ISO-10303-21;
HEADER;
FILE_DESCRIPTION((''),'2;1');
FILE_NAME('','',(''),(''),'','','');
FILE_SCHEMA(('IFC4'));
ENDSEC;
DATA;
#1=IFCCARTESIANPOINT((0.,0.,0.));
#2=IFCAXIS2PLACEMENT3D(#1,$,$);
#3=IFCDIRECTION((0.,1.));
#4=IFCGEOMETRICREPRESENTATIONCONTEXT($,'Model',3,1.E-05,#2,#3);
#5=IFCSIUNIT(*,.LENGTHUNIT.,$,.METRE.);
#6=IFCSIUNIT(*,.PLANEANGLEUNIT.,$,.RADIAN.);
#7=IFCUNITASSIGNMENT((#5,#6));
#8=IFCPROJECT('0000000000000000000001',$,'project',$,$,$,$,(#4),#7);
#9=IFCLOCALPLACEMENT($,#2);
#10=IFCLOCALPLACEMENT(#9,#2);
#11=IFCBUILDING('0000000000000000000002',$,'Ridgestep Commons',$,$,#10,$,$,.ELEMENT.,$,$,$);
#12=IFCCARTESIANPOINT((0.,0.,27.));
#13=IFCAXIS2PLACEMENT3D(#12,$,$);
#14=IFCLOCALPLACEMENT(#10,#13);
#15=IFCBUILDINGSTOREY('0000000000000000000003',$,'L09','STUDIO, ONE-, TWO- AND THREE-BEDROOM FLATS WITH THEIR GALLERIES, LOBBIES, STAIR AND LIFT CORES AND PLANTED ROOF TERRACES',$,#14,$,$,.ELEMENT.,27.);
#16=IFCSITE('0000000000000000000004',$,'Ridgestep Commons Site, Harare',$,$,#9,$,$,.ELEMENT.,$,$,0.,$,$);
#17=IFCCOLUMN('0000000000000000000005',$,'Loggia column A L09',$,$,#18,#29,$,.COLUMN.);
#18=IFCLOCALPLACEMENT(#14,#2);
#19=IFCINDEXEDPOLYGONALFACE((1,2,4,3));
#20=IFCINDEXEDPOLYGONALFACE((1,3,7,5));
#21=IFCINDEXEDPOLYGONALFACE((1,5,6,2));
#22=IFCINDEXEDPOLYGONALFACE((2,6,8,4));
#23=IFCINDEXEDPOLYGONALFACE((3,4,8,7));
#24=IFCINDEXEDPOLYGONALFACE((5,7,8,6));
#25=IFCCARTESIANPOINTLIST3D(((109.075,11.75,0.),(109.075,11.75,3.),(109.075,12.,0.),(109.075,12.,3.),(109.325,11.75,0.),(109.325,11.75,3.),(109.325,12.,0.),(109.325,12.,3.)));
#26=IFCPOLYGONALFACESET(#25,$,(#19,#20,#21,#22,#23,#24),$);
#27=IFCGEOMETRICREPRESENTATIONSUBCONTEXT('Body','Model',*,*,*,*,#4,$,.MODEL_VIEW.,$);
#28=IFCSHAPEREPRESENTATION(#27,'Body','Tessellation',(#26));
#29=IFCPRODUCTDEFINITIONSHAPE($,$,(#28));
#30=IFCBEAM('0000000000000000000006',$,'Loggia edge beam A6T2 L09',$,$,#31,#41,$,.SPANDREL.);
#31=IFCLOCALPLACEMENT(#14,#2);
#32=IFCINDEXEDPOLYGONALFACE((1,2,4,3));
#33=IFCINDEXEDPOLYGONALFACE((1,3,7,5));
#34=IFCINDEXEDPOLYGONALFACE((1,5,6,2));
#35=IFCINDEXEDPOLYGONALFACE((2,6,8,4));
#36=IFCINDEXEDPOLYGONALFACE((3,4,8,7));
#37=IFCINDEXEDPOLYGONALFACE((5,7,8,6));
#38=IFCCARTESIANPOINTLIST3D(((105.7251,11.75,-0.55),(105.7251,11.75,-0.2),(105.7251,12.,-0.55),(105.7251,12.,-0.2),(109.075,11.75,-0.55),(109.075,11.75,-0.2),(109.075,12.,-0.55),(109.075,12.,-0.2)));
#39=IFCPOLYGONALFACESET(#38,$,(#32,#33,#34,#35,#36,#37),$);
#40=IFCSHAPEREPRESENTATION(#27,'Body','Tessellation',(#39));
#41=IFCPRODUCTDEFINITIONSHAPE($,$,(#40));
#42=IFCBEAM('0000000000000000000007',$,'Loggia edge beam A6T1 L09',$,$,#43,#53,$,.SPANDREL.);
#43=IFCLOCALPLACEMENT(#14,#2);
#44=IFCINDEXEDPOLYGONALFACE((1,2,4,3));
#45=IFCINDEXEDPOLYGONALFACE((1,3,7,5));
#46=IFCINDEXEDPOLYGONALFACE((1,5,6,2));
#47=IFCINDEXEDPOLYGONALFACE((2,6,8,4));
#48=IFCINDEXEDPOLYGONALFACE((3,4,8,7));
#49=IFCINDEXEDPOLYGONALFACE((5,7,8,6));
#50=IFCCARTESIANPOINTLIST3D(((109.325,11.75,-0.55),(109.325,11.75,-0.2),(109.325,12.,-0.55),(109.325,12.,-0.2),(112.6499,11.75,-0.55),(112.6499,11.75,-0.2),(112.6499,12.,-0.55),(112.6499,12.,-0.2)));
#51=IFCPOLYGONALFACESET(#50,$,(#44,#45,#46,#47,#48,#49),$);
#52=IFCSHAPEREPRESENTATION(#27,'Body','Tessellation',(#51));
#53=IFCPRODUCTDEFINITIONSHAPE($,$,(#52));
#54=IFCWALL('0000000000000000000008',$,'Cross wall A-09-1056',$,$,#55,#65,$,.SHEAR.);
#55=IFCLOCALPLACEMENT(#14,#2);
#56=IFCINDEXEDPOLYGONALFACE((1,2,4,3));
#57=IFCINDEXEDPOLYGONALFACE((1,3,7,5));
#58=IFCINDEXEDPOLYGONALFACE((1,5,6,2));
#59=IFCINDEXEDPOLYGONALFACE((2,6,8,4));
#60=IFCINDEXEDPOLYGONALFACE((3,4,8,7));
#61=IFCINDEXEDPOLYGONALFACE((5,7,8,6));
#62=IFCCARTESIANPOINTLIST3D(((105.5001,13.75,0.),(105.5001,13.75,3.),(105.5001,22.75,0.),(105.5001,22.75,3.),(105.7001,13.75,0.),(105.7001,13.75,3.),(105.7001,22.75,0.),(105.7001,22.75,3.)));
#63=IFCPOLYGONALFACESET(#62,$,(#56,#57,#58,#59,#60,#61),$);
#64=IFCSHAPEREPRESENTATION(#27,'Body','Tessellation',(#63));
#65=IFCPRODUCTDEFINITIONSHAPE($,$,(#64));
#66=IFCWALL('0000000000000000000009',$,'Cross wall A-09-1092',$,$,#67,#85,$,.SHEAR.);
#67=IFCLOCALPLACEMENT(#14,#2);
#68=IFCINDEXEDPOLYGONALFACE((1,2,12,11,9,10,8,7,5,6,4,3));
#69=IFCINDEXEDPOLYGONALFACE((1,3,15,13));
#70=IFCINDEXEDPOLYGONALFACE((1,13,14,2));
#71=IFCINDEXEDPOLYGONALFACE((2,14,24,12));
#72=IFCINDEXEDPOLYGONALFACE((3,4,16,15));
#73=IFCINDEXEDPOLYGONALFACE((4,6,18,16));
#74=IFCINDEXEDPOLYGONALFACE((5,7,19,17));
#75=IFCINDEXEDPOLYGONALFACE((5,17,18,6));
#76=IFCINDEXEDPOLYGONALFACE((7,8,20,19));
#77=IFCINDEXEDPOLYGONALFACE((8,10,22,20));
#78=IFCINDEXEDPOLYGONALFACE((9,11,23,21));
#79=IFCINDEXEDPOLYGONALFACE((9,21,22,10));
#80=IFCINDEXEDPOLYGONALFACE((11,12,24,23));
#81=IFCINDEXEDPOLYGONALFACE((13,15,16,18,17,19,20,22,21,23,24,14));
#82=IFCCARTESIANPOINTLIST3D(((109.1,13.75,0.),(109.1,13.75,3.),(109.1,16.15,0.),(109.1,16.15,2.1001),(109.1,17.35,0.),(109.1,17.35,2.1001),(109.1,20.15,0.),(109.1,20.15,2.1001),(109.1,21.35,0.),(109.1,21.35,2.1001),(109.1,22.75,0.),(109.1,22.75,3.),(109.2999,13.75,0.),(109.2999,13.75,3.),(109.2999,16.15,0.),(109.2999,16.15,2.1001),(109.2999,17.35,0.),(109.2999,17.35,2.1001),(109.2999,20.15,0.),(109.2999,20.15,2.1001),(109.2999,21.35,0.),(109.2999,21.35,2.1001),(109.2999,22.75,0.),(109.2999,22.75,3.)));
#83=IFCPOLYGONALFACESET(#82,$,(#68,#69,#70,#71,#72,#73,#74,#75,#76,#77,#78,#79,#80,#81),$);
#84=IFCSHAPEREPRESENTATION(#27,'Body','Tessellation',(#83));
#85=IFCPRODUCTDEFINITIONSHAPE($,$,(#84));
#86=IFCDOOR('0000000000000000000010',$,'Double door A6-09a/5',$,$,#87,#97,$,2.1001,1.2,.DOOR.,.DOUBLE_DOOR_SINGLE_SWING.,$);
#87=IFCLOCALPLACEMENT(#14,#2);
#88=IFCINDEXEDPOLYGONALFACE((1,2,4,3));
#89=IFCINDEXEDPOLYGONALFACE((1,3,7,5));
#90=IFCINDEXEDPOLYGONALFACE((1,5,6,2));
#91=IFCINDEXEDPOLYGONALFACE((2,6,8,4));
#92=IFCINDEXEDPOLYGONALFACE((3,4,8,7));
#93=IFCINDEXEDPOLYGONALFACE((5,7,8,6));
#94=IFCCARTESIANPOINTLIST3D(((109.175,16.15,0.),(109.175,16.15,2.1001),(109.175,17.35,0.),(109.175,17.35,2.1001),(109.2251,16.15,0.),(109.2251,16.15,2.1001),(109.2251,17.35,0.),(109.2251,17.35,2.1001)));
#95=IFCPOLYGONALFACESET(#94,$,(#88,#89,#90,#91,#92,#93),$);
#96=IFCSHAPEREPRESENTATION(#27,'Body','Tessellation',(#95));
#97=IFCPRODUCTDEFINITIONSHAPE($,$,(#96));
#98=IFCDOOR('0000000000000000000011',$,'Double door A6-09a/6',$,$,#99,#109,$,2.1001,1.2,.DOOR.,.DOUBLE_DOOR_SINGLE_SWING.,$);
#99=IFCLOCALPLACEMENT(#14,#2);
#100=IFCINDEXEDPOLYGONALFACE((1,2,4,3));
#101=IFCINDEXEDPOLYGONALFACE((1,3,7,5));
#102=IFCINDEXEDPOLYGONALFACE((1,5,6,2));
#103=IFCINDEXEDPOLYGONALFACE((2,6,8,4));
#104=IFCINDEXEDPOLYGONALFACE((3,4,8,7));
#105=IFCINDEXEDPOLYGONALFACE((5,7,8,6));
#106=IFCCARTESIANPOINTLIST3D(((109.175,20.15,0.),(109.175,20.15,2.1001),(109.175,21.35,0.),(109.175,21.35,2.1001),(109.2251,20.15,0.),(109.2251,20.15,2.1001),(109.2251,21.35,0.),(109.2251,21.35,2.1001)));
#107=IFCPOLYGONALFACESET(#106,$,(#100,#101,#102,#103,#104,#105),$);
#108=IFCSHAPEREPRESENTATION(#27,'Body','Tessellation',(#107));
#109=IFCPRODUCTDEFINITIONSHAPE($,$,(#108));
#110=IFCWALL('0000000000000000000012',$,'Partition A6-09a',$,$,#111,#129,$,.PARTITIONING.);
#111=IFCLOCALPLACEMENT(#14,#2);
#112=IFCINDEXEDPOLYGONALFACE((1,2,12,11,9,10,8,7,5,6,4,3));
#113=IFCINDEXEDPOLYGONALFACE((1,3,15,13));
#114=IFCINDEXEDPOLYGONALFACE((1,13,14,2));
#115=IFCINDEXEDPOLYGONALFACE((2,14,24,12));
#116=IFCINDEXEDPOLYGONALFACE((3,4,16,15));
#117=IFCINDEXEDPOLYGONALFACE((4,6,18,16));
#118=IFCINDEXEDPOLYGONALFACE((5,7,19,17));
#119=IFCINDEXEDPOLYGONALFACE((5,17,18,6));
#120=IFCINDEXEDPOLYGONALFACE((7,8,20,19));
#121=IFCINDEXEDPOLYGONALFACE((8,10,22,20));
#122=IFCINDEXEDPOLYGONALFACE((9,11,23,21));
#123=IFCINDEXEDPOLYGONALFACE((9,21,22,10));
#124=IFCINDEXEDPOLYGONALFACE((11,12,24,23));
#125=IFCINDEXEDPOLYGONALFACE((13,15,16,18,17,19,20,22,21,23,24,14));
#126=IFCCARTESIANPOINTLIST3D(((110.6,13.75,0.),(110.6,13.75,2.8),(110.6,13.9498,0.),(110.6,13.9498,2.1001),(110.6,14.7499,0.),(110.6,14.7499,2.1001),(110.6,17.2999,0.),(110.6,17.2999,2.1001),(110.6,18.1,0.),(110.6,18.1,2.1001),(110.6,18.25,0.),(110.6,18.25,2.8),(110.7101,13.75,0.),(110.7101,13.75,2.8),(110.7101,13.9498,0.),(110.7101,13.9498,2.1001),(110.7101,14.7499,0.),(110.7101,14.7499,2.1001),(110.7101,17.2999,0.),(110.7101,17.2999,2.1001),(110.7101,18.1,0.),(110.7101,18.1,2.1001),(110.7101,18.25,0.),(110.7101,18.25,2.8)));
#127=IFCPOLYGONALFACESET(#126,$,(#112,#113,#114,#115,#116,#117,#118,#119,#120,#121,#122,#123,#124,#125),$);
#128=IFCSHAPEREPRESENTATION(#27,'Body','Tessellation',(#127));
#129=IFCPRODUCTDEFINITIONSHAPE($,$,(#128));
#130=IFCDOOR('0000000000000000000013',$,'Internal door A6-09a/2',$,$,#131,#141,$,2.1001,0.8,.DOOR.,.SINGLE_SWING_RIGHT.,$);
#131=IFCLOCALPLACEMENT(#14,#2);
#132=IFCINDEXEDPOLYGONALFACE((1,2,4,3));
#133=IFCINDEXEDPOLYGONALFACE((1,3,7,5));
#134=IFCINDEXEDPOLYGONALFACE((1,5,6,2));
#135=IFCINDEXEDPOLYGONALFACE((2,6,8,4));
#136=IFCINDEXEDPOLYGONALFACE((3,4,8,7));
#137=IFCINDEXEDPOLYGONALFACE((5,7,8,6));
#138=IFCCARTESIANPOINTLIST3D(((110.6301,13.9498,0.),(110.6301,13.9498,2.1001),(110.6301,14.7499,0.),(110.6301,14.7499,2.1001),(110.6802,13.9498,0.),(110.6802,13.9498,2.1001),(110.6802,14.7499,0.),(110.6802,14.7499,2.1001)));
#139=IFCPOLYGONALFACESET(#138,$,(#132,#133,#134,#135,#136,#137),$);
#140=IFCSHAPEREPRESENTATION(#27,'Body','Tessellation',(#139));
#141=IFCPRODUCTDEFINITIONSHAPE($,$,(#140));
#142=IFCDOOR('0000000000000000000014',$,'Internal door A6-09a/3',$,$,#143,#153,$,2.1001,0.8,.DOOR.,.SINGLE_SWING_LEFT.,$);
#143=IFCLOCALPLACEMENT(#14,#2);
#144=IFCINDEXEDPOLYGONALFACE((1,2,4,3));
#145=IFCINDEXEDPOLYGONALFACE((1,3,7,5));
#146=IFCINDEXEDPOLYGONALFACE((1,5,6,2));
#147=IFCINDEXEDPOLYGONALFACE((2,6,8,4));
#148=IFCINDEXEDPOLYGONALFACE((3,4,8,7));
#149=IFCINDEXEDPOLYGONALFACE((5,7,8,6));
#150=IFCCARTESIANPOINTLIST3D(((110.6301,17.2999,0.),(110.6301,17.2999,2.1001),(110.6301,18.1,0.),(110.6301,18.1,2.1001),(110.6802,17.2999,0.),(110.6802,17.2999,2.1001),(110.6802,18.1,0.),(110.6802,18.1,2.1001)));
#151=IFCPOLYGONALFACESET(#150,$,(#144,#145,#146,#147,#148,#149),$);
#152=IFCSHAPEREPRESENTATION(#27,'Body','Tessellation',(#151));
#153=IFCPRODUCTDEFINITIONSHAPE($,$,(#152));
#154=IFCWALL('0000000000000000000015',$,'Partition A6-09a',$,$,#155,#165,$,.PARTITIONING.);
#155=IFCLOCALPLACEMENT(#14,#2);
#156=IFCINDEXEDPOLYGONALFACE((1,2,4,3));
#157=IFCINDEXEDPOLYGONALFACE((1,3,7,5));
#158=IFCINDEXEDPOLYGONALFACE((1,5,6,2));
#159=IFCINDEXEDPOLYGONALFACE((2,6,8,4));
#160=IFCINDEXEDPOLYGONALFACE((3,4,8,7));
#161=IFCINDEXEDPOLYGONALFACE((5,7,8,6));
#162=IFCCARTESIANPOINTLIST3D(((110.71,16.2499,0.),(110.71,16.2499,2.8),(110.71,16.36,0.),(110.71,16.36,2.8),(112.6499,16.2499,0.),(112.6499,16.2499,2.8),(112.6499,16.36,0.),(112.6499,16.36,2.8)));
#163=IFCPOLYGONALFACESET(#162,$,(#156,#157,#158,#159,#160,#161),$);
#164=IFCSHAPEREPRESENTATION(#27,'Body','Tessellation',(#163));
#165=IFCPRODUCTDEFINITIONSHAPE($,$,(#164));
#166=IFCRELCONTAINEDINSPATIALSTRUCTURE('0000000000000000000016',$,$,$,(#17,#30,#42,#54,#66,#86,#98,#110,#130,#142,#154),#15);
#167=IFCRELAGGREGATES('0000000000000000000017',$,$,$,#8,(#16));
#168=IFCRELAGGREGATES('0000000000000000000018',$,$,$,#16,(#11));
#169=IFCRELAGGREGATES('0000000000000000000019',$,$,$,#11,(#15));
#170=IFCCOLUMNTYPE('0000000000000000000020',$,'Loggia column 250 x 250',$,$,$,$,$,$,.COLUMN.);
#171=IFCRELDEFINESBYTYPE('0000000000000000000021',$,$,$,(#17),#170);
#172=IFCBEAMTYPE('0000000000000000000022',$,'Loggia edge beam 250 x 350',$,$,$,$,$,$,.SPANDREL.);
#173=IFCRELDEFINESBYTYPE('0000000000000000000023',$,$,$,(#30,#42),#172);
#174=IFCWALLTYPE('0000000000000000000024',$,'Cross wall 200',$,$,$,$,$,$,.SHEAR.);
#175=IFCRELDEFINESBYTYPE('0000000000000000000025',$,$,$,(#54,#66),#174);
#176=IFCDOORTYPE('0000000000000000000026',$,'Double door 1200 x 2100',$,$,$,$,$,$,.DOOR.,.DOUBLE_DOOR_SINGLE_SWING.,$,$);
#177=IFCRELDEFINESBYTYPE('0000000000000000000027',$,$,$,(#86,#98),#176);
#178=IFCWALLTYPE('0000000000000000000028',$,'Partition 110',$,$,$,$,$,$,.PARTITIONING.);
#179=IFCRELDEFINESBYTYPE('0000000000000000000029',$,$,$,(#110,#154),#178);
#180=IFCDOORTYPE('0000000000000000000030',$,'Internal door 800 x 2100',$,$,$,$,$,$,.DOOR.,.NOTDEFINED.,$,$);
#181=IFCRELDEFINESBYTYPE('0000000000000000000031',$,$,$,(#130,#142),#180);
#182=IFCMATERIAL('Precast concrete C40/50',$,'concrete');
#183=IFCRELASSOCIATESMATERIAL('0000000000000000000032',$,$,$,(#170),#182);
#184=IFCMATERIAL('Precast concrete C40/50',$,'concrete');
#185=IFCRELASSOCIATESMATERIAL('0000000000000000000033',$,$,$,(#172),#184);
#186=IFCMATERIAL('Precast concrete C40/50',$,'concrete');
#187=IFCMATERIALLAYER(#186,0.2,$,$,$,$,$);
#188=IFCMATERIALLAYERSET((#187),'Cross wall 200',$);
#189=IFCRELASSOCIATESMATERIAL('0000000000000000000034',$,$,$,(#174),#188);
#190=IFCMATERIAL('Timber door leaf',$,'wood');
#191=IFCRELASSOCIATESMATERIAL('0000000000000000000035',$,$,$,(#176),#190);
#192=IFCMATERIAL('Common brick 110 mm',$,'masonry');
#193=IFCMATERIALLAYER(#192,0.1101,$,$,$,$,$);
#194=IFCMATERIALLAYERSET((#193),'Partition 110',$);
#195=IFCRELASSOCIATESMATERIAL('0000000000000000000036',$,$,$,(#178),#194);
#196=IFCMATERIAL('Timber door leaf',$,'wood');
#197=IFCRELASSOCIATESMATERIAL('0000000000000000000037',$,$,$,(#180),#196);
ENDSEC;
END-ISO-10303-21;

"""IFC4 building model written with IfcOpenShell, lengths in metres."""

from ifc_helpers import new_model, si_unit, direction, frame, frame_2d, origin, origin_2d, place, context, subcontext, project, spatial, rectangle, extrude, material, layer, layer_set, material_profile, profile_set, type_object, element, fill, save


model = new_model("IFC4")

# Units and contexts
model_context = context("Model", 3, precision=1e-05, world=origin(), true_north=direction((0.0, 1.0)))
body_context = subcontext(model_context, "Body", "Model", "MODEL_VIEW")
ifc_project = project(units=[si_unit("LENGTHUNIT", "METRE"), si_unit("PLANEANGLEUNIT", "RADIAN")], contexts=[model_context])

# Site, building, storey
site_placement = place(None, origin())
site = spatial("IfcSite", under=ifc_project, at=site_placement, Name="Ridgestep Commons Site, Harare", CompositionType="ELEMENT", RefElevation=0.0)
building_placement = place(site_placement, origin())
building = spatial("IfcBuilding", under=site, at=building_placement, Name="Ridgestep Commons", CompositionType="ELEMENT")
storey_placement = place(building_placement, frame((0.0, 0.0, 27.0)))
storey = spatial("IfcBuildingStorey", under=building, at=storey_placement, Name="L09", Description="STUDIO, ONE-, TWO- AND THREE-BEDROOM FLATS WITH THEIR GALLERIES, LOBBIES, STAIR AND LIFT CORES AND PLANTED ROOF TERRACES", CompositionType="ELEMENT", Elevation=27.0)

# Column
ifc_material_1 = material(Name="Precast concrete C40/50", Category="concrete")
ifc_material_profile_1 = material_profile(ifc_material_1, rectangle(XDim=0.25, YDim=0.25, at=origin_2d()), Name="PC 250x250")
ifc_profile_set_1 = profile_set([ifc_material_profile_1], Name="Precast concrete C40/50")
column_type = type_object("IfcColumnType", Name="Loggia column 250 x 250", PredefinedType="COLUMN", material=ifc_profile_set_1)
column_placement = place(storey_placement, frame((109.2, 11.875, 0.0), z_axis=(0.0, 0.0, 1.0), x_axis=(1.0, 0.0, 0.0)))
element("IfcColumn", 1, at=column_placement, inside=storey, type_object=column_type, Name="Loggia column A L09", PredefinedType="COLUMN", context=body_context, shape_type="SweptSolid", body=[
    extrude(rectangle(XDim=0.25, YDim=0.25, at=origin_2d()), origin(), (0.0, 0.0, 1.0), 3.0),
])

# Beams
ifc_material_2 = material(Name="Precast concrete C40/50", Category="concrete")
ifc_material_profile_2 = material_profile(ifc_material_2, rectangle(XDim=0.25, YDim=0.3501, at=origin_2d()), Name="PC 250x350")
ifc_profile_set_2 = profile_set([ifc_material_profile_2], Name="Precast concrete C40/50")
beam_type = type_object("IfcBeamType", Name="Loggia edge beam 250 x 350", PredefinedType="SPANDREL", material=ifc_profile_set_2)
beam_1_placement = place(storey_placement, frame((105.7251, 11.875, -0.375), z_axis=(1.0, 0.0, 0.0), x_axis=(0.0, 1.0, 0.0)))
element("IfcBeam", 2, at=beam_1_placement, inside=storey, type_object=beam_type, Name="Loggia edge beam A6T2 L09", PredefinedType="SPANDREL", context=body_context, shape_type="SweptSolid", body=[
    extrude(rectangle(XDim=0.25, YDim=0.3501, at=origin_2d()), origin(), (0.0, 0.0, 1.0), 3.3499),
])
beam_2_placement = place(storey_placement, frame((109.325, 11.875, -0.375), z_axis=(1.0, 0.0, 0.0), x_axis=(0.0, 1.0, 0.0)))
element("IfcBeam", 3, at=beam_2_placement, inside=storey, type_object=beam_type, Name="Loggia edge beam A6T1 L09", PredefinedType="SPANDREL", context=body_context, shape_type="SweptSolid", body=[
    extrude(rectangle(XDim=0.25, YDim=0.3501, at=origin_2d()), origin(), (0.0, 0.0, 1.0), 3.325),
])

# Wall
ifc_material_3 = material(Name="Precast concrete C40/50", Category="concrete")
ifc_layer_1 = layer(ifc_material_3, 0.2)
ifc_layer_set_1 = layer_set([ifc_layer_1], Name="Cross wall 200")
wall_type_1 = type_object("IfcWallType", Name="Cross wall 200", PredefinedType="SHEAR", material=ifc_layer_set_1)
wall_1_placement = place(storey_placement, frame((105.6001, 13.75, 0.0), z_axis=(0.0, 0.0, 1.0), x_axis=(0.0, 1.0, 0.0)))
element("IfcWall", 4, at=wall_1_placement, inside=storey, type_object=wall_type_1, Name="Cross wall A-09-1056", PredefinedType="SHEAR", context=body_context, shape_type="SweptSolid", body=[
    extrude(rectangle(XDim=9.0, YDim=0.2, at=frame_2d((4.5, 0.0))), origin(), (0.0, 0.0, 1.0), 3.0),
])

# Walls, openings, doors
wall_2_placement = place(storey_placement, frame((109.2, 13.75, 0.0), z_axis=(0.0, 0.0, 1.0), x_axis=(0.0, 1.0, 0.0)))
wall_2 = element("IfcWall", 5, at=wall_2_placement, inside=storey, type_object=wall_type_1, Name="Cross wall A-09-1092", PredefinedType="SHEAR", context=body_context, shape_type="SweptSolid", body=[
    extrude(rectangle(XDim=9.0, YDim=0.2, at=frame_2d((4.5, 0.0))), origin(), (0.0, 0.0, 1.0), 3.0),
])
opening_1_placement = place(wall_2_placement, frame((2.3999, 0.0, 0.0)))
opening_1 = element("IfcOpeningElement", 6, at=opening_1_placement, cuts=wall_2, PredefinedType="OPENING", context=body_context, shape_type="SweptSolid", body=[
    extrude(rectangle(XDim=1.2, YDim=2.1001, at=frame_2d((0.6001, 1.05))), frame((0.0, 0.1099, 0.0), z_axis=(0.0, -1.0, 0.0), x_axis=(1.0, 0.0, 0.0)), (0.0, 0.0, 1.0), 0.22),
])
opening_2_placement = place(wall_2_placement, frame((6.3999, 0.0, 0.0)))
opening_2 = element("IfcOpeningElement", 7, at=opening_2_placement, cuts=wall_2, PredefinedType="OPENING", context=body_context, shape_type="SweptSolid", body=[
    extrude(rectangle(XDim=1.2, YDim=2.1001, at=frame_2d((0.6001, 1.05))), frame((0.0, 0.1099, 0.0), z_axis=(0.0, -1.0, 0.0), x_axis=(1.0, 0.0, 0.0)), (0.0, 0.0, 1.0), 0.22),
])
ifc_material_4 = material(Name="Timber door leaf", Category="wood")
door_type_1 = type_object("IfcDoorType", Name="Double door 1200 x 2100", OperationType="DOUBLE_DOOR_SINGLE_SWING", PredefinedType="DOOR", material=ifc_material_4)
door_1_placement = place(opening_1_placement, origin())
door_1 = element("IfcDoor", 8, at=door_1_placement, inside=storey, type_object=door_type_1, Name="Double door A6-09a/5", OperationType="DOUBLE_DOOR_SINGLE_SWING", OverallHeight=2.1001, OverallWidth=1.2, PredefinedType="DOOR", context=body_context, shape_type="SweptSolid", body=[
    extrude(rectangle(XDim=1.2, YDim=2.1001, at=frame_2d((0.6001, 1.05))), frame((0.0, 0.0249, 0.0), z_axis=(0.0, -1.0, 0.0), x_axis=(1.0, 0.0, 0.0)), (0.0, 0.0, 1.0), 0.05),
])
fill(opening_1, door_1)
door_2_placement = place(opening_2_placement, origin())
door_2 = element("IfcDoor", 9, at=door_2_placement, inside=storey, type_object=door_type_1, Name="Double door A6-09a/6", OperationType="DOUBLE_DOOR_SINGLE_SWING", OverallHeight=2.1001, OverallWidth=1.2, PredefinedType="DOOR", context=body_context, shape_type="SweptSolid", body=[
    extrude(rectangle(XDim=1.2, YDim=2.1001, at=frame_2d((0.6001, 1.05))), frame((0.0, 0.0249, 0.0), z_axis=(0.0, -1.0, 0.0), x_axis=(1.0, 0.0, 0.0)), (0.0, 0.0, 1.0), 0.05),
])
fill(opening_2, door_2)
ifc_material_5 = material(Name="Common brick 110 mm", Category="masonry")
ifc_layer_2 = layer(ifc_material_5, 0.1101)
ifc_layer_set_2 = layer_set([ifc_layer_2], Name="Partition 110")
wall_type_2 = type_object("IfcWallType", Name="Partition 110", PredefinedType="PARTITIONING", material=ifc_layer_set_2)
wall_3_placement = place(storey_placement, frame((110.655, 13.75, 0.0), z_axis=(0.0, 0.0, 1.0), x_axis=(0.0, 1.0, 0.0)))
wall_3 = element("IfcWall", 10, at=wall_3_placement, inside=storey, type_object=wall_type_2, Name="Partition A6-09a", PredefinedType="PARTITIONING", context=body_context, shape_type="SweptSolid", body=[
    extrude(rectangle(XDim=4.5, YDim=0.1101, at=frame_2d((2.25, 0.0))), origin(), (0.0, 0.0, 1.0), 2.8),
])
opening_3_placement = place(wall_3_placement, frame((0.2, 0.0, 0.0)))
opening_3 = element("IfcOpeningElement", 11, at=opening_3_placement, cuts=wall_3, PredefinedType="OPENING", context=body_context, shape_type="SweptSolid", body=[
    extrude(rectangle(XDim=0.8, YDim=2.1001, at=frame_2d((0.3999, 1.05))), frame((0.0, 0.0649, 0.0), z_axis=(0.0, -1.0, 0.0), x_axis=(1.0, 0.0, 0.0)), (0.0, 0.0, 1.0), 0.1301),
])
opening_4_placement = place(wall_3_placement, frame((3.55, 0.0, 0.0)))
opening_4 = element("IfcOpeningElement", 12, at=opening_4_placement, cuts=wall_3, PredefinedType="OPENING", context=body_context, shape_type="SweptSolid", body=[
    extrude(rectangle(XDim=0.8, YDim=2.1001, at=frame_2d((0.3999, 1.05))), frame((0.0, 0.0649, 0.0), z_axis=(0.0, -1.0, 0.0), x_axis=(1.0, 0.0, 0.0)), (0.0, 0.0, 1.0), 0.1301),
])
ifc_material_6 = material(Name="Timber door leaf", Category="wood")
door_type_2 = type_object("IfcDoorType", Name="Internal door 800 x 2100", OperationType="NOTDEFINED", PredefinedType="DOOR", material=ifc_material_6)
door_3_placement = place(opening_3_placement, origin())
door_3 = element("IfcDoor", 13, at=door_3_placement, inside=storey, type_object=door_type_2, Name="Internal door A6-09a/2", OperationType="SINGLE_SWING_RIGHT", OverallHeight=2.1001, OverallWidth=0.8, PredefinedType="DOOR", context=body_context, shape_type="SweptSolid", body=[
    extrude(rectangle(XDim=0.8, YDim=2.1001, at=frame_2d((0.3999, 1.05))), frame((0.0, 0.0249, 0.0), z_axis=(0.0, -1.0, 0.0), x_axis=(1.0, 0.0, 0.0)), (0.0, 0.0, 1.0), 0.05),
])
fill(opening_3, door_3)
door_4_placement = place(opening_4_placement, origin())
door_4 = element("IfcDoor", 14, at=door_4_placement, inside=storey, type_object=door_type_2, Name="Internal door A6-09a/3", OperationType="SINGLE_SWING_LEFT", OverallHeight=2.1001, OverallWidth=0.8, PredefinedType="DOOR", context=body_context, shape_type="SweptSolid", body=[
    extrude(rectangle(XDim=0.8, YDim=2.1001, at=frame_2d((0.3999, 1.05))), frame((0.0, 0.0249, 0.0), z_axis=(0.0, -1.0, 0.0), x_axis=(1.0, 0.0, 0.0)), (0.0, 0.0, 1.0), 0.05),
])
fill(opening_4, door_4)

# Wall
wall_4_placement = place(storey_placement, frame((110.71, 16.3049, 0.0), z_axis=(0.0, 0.0, 1.0), x_axis=(1.0, 0.0, 0.0)))
element("IfcWall", 15, at=wall_4_placement, inside=storey, type_object=wall_type_2, Name="Partition A6-09a", PredefinedType="PARTITIONING", context=body_context, shape_type="SweptSolid", body=[
    extrude(rectangle(XDim=1.9399, YDim=0.1101, at=frame_2d((0.97, 0.0))), origin(), (0.0, 0.0, 1.0), 2.8),
])

save(model, "model.ifc")
